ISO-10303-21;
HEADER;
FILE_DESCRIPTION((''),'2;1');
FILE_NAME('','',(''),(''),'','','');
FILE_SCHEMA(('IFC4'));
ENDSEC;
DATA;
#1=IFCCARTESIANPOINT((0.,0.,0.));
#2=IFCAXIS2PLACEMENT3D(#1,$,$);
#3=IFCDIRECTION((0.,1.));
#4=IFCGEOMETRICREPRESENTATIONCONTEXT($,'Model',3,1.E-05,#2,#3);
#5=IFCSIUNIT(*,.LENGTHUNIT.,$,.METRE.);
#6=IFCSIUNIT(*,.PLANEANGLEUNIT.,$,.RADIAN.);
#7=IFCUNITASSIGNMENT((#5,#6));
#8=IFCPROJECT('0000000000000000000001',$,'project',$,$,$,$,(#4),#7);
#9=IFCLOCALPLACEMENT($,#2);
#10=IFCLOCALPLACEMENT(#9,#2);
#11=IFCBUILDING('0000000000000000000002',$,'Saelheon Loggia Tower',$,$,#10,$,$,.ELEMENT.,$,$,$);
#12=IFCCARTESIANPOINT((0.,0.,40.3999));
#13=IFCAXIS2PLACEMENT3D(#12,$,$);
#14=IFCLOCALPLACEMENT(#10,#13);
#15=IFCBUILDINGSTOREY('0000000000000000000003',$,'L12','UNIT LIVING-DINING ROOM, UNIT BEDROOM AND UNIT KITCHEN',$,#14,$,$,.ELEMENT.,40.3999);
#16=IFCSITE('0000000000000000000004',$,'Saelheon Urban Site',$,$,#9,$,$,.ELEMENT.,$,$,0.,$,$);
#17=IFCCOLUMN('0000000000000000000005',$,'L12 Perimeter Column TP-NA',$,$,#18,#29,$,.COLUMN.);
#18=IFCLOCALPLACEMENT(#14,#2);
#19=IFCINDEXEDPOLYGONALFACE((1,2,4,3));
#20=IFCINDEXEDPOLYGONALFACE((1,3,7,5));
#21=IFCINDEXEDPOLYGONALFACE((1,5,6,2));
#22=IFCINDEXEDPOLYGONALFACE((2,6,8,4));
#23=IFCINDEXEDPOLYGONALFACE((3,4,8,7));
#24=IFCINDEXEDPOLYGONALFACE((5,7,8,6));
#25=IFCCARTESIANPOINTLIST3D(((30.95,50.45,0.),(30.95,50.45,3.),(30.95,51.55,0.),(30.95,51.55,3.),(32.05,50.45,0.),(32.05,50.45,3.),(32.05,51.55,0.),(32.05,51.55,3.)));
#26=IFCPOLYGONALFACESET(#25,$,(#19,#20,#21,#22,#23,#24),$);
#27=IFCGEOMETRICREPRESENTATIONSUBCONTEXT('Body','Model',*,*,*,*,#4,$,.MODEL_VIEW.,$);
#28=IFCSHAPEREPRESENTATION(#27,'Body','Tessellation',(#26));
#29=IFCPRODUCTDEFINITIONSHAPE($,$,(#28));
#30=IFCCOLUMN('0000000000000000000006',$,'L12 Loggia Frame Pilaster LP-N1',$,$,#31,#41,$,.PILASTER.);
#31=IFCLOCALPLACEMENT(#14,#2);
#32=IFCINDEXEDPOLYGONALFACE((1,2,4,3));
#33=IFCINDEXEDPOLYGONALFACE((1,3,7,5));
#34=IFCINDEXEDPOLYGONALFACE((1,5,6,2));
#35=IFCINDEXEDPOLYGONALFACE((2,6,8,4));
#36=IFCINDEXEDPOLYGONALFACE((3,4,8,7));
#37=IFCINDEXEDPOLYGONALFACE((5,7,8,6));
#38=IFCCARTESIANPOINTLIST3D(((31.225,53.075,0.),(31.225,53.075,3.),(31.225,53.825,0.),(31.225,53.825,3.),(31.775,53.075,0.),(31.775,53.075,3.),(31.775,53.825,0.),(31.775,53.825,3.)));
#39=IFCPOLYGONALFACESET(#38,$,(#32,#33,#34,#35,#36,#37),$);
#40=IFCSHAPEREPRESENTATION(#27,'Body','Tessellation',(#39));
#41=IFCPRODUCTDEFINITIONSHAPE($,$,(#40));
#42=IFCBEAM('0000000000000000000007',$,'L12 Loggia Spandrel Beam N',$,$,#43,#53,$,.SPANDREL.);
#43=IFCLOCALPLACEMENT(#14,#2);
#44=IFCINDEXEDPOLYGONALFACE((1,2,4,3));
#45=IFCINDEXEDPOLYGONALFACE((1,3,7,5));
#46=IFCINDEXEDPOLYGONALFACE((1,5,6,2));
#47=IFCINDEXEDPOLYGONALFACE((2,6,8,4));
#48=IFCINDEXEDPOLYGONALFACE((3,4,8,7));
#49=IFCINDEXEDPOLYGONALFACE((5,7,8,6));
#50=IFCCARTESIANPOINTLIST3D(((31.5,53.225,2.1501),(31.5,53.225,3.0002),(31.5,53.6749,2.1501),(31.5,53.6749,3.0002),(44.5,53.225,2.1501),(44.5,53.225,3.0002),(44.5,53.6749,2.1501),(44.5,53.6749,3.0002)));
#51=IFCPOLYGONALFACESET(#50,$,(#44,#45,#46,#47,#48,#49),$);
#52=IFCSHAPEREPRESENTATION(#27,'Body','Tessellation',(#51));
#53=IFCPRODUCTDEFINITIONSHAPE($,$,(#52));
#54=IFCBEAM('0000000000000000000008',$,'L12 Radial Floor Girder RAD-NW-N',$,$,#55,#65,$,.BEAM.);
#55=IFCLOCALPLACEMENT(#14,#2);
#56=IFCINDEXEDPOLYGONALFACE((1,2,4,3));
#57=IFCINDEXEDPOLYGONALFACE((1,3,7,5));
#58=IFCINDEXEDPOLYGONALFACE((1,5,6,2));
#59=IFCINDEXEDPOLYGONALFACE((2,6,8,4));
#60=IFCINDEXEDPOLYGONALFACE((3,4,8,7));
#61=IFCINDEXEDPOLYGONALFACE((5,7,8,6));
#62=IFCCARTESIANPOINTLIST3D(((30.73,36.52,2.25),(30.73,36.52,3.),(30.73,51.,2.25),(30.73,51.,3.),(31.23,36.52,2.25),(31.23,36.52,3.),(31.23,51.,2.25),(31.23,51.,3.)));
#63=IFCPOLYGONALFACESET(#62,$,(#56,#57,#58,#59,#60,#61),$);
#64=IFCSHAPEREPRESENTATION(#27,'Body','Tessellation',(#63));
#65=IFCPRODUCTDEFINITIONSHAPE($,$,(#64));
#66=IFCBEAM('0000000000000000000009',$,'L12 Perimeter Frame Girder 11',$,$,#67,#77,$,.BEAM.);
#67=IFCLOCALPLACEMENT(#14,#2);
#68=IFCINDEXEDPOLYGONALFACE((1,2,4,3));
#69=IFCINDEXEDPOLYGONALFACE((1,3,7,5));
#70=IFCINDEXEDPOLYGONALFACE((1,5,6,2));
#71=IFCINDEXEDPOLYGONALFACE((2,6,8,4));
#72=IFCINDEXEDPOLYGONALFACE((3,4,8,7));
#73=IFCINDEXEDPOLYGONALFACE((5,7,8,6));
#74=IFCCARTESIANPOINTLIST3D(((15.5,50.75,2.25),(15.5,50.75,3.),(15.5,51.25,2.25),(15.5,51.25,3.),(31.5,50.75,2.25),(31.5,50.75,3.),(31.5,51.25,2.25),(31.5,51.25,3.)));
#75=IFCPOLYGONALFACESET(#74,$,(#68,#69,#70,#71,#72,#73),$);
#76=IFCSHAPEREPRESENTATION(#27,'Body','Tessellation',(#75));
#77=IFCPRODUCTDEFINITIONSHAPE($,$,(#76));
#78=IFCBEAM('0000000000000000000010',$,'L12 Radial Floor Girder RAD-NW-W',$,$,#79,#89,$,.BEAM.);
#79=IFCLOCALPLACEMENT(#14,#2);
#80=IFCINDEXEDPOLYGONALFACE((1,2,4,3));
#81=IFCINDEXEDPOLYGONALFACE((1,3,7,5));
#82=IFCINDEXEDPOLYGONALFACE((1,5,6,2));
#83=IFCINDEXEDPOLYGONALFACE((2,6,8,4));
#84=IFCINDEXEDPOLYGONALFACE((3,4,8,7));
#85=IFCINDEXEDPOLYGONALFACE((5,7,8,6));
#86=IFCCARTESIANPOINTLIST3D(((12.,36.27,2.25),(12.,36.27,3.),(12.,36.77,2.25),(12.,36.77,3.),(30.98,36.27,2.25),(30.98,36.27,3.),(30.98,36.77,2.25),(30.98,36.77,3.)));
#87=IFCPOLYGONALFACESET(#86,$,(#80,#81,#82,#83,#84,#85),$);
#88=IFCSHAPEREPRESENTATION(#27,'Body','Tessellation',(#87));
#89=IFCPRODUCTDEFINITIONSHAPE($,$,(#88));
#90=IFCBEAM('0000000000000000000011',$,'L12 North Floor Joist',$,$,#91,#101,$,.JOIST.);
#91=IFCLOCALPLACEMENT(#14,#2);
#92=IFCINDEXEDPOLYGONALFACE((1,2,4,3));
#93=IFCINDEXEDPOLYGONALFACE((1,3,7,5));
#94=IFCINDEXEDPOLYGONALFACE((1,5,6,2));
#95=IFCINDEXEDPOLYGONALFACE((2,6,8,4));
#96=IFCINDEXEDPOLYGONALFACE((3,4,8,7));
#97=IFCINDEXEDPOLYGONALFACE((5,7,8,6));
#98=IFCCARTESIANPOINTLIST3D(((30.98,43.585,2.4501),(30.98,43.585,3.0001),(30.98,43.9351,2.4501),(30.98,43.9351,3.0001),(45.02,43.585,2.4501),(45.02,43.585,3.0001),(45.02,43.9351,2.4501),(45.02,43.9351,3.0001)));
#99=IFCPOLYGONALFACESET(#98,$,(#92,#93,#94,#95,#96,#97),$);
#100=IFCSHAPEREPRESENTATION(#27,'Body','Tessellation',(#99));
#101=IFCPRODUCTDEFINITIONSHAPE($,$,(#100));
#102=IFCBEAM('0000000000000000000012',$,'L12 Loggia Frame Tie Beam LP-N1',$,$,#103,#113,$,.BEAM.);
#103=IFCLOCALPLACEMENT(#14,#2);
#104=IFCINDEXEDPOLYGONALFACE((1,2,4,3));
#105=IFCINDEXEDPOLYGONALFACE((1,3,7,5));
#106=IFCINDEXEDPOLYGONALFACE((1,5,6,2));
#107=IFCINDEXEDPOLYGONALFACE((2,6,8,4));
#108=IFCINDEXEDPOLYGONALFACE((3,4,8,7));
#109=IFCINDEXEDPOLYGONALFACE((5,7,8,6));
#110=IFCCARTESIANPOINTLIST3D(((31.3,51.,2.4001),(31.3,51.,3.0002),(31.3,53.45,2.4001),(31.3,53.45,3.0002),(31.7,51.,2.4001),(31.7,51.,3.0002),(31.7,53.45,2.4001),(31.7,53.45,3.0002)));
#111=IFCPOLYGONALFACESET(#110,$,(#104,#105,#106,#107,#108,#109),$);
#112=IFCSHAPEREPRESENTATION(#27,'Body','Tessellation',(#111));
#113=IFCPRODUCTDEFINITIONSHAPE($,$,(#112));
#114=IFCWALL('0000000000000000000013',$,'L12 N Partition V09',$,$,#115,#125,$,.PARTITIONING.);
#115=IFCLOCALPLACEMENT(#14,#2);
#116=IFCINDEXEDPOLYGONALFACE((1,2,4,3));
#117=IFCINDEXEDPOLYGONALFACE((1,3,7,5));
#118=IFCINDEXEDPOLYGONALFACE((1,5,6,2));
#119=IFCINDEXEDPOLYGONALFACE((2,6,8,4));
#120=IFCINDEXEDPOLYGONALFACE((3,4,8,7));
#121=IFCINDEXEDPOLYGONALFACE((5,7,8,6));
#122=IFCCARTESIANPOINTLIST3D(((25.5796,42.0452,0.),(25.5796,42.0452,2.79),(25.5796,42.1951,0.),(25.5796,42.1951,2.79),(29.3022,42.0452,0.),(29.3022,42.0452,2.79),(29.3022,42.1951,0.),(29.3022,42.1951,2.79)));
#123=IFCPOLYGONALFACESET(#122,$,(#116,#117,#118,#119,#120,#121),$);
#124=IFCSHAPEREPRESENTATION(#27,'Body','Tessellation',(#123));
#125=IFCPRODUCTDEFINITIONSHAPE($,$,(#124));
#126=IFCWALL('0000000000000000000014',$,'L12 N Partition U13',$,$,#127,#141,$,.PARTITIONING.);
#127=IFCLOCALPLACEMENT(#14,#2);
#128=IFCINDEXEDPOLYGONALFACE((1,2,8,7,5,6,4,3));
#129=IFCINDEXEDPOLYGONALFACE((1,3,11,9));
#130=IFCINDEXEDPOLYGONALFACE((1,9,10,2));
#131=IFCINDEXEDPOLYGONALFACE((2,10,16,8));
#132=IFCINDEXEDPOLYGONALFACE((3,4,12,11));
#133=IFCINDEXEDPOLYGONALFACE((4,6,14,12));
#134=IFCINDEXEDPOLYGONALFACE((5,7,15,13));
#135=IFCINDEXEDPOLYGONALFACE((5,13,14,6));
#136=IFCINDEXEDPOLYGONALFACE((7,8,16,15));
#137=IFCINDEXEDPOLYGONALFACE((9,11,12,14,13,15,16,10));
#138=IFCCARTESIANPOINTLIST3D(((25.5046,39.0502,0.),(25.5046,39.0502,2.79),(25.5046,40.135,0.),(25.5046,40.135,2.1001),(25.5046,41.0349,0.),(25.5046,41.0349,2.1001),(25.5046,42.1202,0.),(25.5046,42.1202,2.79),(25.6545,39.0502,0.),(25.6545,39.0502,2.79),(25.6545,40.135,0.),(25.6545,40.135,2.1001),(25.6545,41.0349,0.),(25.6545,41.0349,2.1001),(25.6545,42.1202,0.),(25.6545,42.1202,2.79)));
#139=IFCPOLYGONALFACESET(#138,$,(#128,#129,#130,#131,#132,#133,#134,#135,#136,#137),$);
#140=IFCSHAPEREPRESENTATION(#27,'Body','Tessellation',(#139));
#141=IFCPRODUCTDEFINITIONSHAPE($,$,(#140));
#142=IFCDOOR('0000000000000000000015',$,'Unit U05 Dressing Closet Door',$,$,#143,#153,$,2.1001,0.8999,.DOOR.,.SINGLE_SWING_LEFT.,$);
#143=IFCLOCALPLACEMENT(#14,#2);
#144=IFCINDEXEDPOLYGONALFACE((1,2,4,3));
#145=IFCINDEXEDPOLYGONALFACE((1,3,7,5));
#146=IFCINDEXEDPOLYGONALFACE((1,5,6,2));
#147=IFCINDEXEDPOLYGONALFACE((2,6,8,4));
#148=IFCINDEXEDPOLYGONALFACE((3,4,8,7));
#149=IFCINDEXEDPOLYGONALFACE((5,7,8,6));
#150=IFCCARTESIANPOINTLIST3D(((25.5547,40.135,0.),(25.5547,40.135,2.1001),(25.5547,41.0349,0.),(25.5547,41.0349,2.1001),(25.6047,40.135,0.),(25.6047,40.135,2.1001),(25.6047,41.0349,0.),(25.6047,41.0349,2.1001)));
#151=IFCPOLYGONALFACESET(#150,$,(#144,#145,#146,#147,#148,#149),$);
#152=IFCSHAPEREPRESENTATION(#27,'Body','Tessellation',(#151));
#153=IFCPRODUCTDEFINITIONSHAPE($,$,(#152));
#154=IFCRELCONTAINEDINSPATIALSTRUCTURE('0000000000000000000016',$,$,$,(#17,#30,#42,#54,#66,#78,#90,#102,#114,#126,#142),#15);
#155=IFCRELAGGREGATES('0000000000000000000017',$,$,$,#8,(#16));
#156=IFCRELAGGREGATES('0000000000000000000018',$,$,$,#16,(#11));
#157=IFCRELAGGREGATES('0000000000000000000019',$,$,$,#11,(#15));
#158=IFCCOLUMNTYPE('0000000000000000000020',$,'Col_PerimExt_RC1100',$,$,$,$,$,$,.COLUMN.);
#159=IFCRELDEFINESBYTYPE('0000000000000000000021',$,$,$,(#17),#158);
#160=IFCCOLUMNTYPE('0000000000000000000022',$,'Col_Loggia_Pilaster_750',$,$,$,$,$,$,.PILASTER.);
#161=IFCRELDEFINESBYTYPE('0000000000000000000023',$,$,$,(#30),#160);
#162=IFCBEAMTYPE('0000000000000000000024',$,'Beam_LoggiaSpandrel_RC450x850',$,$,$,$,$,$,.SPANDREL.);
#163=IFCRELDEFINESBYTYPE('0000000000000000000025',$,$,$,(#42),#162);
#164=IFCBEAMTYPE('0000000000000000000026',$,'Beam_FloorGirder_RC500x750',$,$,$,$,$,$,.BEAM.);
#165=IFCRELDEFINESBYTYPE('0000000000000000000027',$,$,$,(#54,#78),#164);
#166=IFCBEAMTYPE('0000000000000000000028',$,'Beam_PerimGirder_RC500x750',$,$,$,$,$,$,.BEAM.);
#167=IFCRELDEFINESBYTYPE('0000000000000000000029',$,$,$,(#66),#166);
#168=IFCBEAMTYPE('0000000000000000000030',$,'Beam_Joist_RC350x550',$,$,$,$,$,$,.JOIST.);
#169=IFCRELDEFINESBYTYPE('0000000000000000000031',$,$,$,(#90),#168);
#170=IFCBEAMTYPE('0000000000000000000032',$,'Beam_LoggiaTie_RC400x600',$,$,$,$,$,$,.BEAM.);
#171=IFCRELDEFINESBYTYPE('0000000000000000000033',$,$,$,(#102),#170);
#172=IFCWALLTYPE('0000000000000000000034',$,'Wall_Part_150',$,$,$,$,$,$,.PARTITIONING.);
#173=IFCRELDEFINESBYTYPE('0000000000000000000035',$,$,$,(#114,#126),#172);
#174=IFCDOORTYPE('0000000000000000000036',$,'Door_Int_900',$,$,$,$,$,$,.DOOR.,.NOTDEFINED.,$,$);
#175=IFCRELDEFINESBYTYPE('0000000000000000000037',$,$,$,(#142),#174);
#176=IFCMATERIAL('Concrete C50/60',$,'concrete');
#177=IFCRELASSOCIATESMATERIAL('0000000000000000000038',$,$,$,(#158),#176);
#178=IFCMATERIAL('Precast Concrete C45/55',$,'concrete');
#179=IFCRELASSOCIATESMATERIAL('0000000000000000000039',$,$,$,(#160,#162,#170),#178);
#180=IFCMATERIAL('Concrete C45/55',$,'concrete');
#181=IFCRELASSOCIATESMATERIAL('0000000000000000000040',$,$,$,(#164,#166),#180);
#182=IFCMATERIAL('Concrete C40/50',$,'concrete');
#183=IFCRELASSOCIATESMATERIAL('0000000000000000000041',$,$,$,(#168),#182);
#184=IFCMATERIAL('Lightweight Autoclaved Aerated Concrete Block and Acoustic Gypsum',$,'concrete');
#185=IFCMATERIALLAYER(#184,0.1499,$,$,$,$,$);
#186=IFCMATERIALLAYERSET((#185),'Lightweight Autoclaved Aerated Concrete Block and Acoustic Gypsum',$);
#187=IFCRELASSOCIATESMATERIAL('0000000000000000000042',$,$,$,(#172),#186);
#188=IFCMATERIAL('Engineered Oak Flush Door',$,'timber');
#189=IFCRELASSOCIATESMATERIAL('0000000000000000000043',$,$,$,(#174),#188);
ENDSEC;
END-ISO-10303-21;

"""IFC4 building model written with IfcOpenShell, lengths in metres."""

from ifc_helpers import new_model, si_unit, direction, frame, frame_2d, origin, origin_2d, place, context, subcontext, project, spatial, rectangle, extrude, source, transform, mapped, material, layer, layer_set, material_profile, profile_set, type_object, element, fill, save


model = new_model("IFC4")

# Units and contexts
model_context = context("Model", 3, precision=1e-05, world=origin(), true_north=direction((0.0, 1.0)))
body_context = subcontext(model_context, "Body", "Model", "MODEL_VIEW")
ifc_project = project(units=[si_unit("LENGTHUNIT", "METRE"), si_unit("PLANEANGLEUNIT", "RADIAN")], contexts=[model_context])

# Site, building, storey
site_placement = place(None, origin())
site = spatial("IfcSite", under=ifc_project, at=site_placement, Name="Saelheon Urban Site", CompositionType="ELEMENT", RefElevation=0.0)
building_placement = place(site_placement, origin())
building = spatial("IfcBuilding", under=site, at=building_placement, Name="Saelheon Loggia Tower", CompositionType="ELEMENT")
storey_placement = place(building_placement, frame((0.0, 0.0, 40.3999)))
storey = spatial("IfcBuildingStorey", under=building, at=storey_placement, Name="L12", Description="UNIT LIVING-DINING ROOM, UNIT BEDROOM AND UNIT KITCHEN", CompositionType="ELEMENT", Elevation=40.3999)

# Columns
ifc_material_1 = material(Name="Concrete C50/60", Category="concrete")
ifc_material_profile_1 = material_profile(ifc_material_1, rectangle(XDim=1.1001, YDim=1.1001, at=origin_2d()), Name="RC-1100x1100")
ifc_profile_set_1 = profile_set([ifc_material_profile_1], Name="Concrete C50/60")
column_type_1 = type_object("IfcColumnType", Name="Col_PerimExt_RC1100", PredefinedType="COLUMN", material=ifc_profile_set_1)
shared_shape_1 = source(origin(), body_context, "Body", "SweptSolid", [
    extrude(rectangle(XDim=1.1001, YDim=1.1001, at=origin_2d()), origin(), (0.0, 0.0, 1.0), 3.0),
])
column_1_placement = place(storey_placement, frame((31.5, 51.0, 0.0), z_axis=(0.0, 0.0, 1.0), x_axis=(1.0, 0.0, 0.0)))
element("IfcColumn", 1, at=column_1_placement, inside=storey, type_object=column_type_1, Name="L12 Perimeter Column TP-NA", PredefinedType="COLUMN", context=body_context, shape_type="MappedRepresentation", body=[
    mapped(shared_shape_1, transform((0.0, 0.0, 0.0), scale=1.0)),
])
ifc_material_2 = material(Name="Precast Concrete C45/55", Category="concrete")
ifc_material_profile_2 = material_profile(ifc_material_2, rectangle(XDim=0.55, YDim=0.75, at=origin_2d()), Name="RC-550x750")
ifc_profile_set_2 = profile_set([ifc_material_profile_2], Name="Precast Concrete C45/55")
column_type_2 = type_object("IfcColumnType", Name="Col_Loggia_Pilaster_750", PredefinedType="PILASTER", material=ifc_profile_set_2)
shared_shape_2 = source(origin(), body_context, "Body", "SweptSolid", [
    extrude(rectangle(XDim=0.55, YDim=0.75, at=origin_2d()), origin(), (0.0, 0.0, 1.0), 3.0),
])
column_2_placement = place(storey_placement, frame((31.5, 53.45, 0.0), z_axis=(0.0, 0.0, 1.0), x_axis=(1.0, 0.0, 0.0)))
element("IfcColumn", 2, at=column_2_placement, inside=storey, type_object=column_type_2, Name="L12 Loggia Frame Pilaster LP-N1", PredefinedType="PILASTER", context=body_context, shape_type="MappedRepresentation", body=[
    mapped(shared_shape_2, transform((0.0, 0.0, 0.0), scale=1.0)),
])

# Beams
ifc_material_profile_3 = material_profile(ifc_material_2, rectangle(XDim=0.45, YDim=0.8501, at=origin_2d()), Name="RC-450x850")
ifc_profile_set_3 = profile_set([ifc_material_profile_3], Name="Precast Concrete C45/55")
beam_type_1 = type_object("IfcBeamType", Name="Beam_LoggiaSpandrel_RC450x850", PredefinedType="SPANDREL", material=ifc_profile_set_3)
shared_shape_3 = source(origin(), body_context, "Body", "SweptSolid", [
    extrude(rectangle(XDim=0.45, YDim=0.8501, at=origin_2d()), origin(), (0.0, 0.0, 1.0), 13.0),
])
beam_1_placement = place(storey_placement, frame((31.5, 53.45, 2.5752), z_axis=(1.0, 0.0, 0.0), x_axis=(0.0, 1.0, 0.0)))
element("IfcBeam", 3, at=beam_1_placement, inside=storey, type_object=beam_type_1, Name="L12 Loggia Spandrel Beam N", PredefinedType="SPANDREL", context=body_context, shape_type="MappedRepresentation", body=[
    mapped(shared_shape_3, transform((0.0, 0.0, 0.0), scale=1.0)),
])
ifc_material_3 = material(Name="Concrete C45/55", Category="concrete")
ifc_material_profile_4 = material_profile(ifc_material_3, rectangle(XDim=0.5, YDim=0.75, at=origin_2d()), Name="RC-500x750")
ifc_profile_set_4 = profile_set([ifc_material_profile_4], Name="Concrete C45/55")
beam_type_2 = type_object("IfcBeamType", Name="Beam_FloorGirder_RC500x750", PredefinedType="BEAM", material=ifc_profile_set_4)
shared_shape_4 = source(origin(), body_context, "Body", "SweptSolid", [
    extrude(rectangle(XDim=0.5, YDim=0.75, at=origin_2d()), origin(), (0.0, 0.0, 1.0), 14.48),
])
beam_2_placement = place(storey_placement, frame((30.98, 36.52, 2.625), z_axis=(0.0, 1.0, 0.0), x_axis=(-1.0, 0.0, 0.0)))
element("IfcBeam", 4, at=beam_2_placement, inside=storey, type_object=beam_type_2, Name="L12 Radial Floor Girder RAD-NW-N", PredefinedType="BEAM", context=body_context, shape_type="MappedRepresentation", body=[
    mapped(shared_shape_4, transform((0.0, 0.0, 0.0), scale=1.0)),
])
ifc_material_profile_5 = material_profile(ifc_material_3, rectangle(XDim=0.5, YDim=0.75, at=origin_2d()), Name="RC-500x750")
ifc_profile_set_5 = profile_set([ifc_material_profile_5], Name="Concrete C45/55")
beam_type_3 = type_object("IfcBeamType", Name="Beam_PerimGirder_RC500x750", PredefinedType="BEAM", material=ifc_profile_set_5)
shared_shape_5 = source(origin(), body_context, "Body", "SweptSolid", [
    extrude(rectangle(XDim=0.5, YDim=0.75, at=origin_2d()), origin(), (0.0, 0.0, 1.0), 16.0),
])
beam_3_placement = place(storey_placement, frame((31.5, 51.0, 2.625), z_axis=(-1.0, 0.0, 0.0), x_axis=(0.0, -1.0, 0.0)))
element("IfcBeam", 5, at=beam_3_placement, inside=storey, type_object=beam_type_3, Name="L12 Perimeter Frame Girder 11", PredefinedType="BEAM", context=body_context, shape_type="MappedRepresentation", body=[
    mapped(shared_shape_5, transform((0.0, 0.0, 0.0), scale=1.0)),
])
shared_shape_6 = source(origin(), body_context, "Body", "SweptSolid", [
    extrude(rectangle(XDim=0.5, YDim=0.75, at=origin_2d()), origin(), (0.0, 0.0, 1.0), 18.98),
])
beam_4_placement = place(storey_placement, frame((30.98, 36.52, 2.625), z_axis=(-1.0, 0.0, 0.0), x_axis=(0.0, -1.0, 0.0)))
element("IfcBeam", 6, at=beam_4_placement, inside=storey, type_object=beam_type_2, Name="L12 Radial Floor Girder RAD-NW-W", PredefinedType="BEAM", context=body_context, shape_type="MappedRepresentation", body=[
    mapped(shared_shape_6, transform((0.0, 0.0, 0.0), scale=1.0)),
])
ifc_material_4 = material(Name="Concrete C40/50", Category="concrete")
ifc_material_profile_6 = material_profile(ifc_material_4, rectangle(XDim=0.3501, YDim=0.55, at=origin_2d()), Name="RC-350x550")
ifc_profile_set_6 = profile_set([ifc_material_profile_6], Name="Concrete C40/50")
beam_type_4 = type_object("IfcBeamType", Name="Beam_Joist_RC350x550", PredefinedType="JOIST", material=ifc_profile_set_6)
shared_shape_7 = source(origin(), body_context, "Body", "SweptSolid", [
    extrude(rectangle(XDim=0.3501, YDim=0.55, at=origin_2d()), origin(), (0.0, 0.0, 1.0), 14.04),
])
beam_5_placement = place(storey_placement, frame((30.98, 43.76, 2.7251), z_axis=(1.0, 0.0, 0.0), x_axis=(0.0, 1.0, 0.0)))
element("IfcBeam", 7, at=beam_5_placement, inside=storey, type_object=beam_type_4, Name="L12 North Floor Joist", PredefinedType="JOIST", context=body_context, shape_type="MappedRepresentation", body=[
    mapped(shared_shape_7, transform((0.0, 0.0, 0.0), scale=1.0)),
])
ifc_material_profile_7 = material_profile(ifc_material_2, rectangle(XDim=0.3999, YDim=0.6001, at=origin_2d()), Name="RC-400x600")
ifc_profile_set_7 = profile_set([ifc_material_profile_7], Name="Precast Concrete C45/55")
beam_type_5 = type_object("IfcBeamType", Name="Beam_LoggiaTie_RC400x600", PredefinedType="BEAM", material=ifc_profile_set_7)
shared_shape_8 = source(origin(), body_context, "Body", "SweptSolid", [
    extrude(rectangle(XDim=0.3999, YDim=0.6001, at=origin_2d()), origin(), (0.0, 0.0, 1.0), 2.45),
])
beam_6_placement = place(storey_placement, frame((31.5, 51.0, 2.7002), z_axis=(0.0, 1.0, 0.0), x_axis=(-1.0, 0.0, 0.0)))
element("IfcBeam", 8, at=beam_6_placement, inside=storey, type_object=beam_type_5, Name="L12 Loggia Frame Tie Beam LP-N1", PredefinedType="BEAM", context=body_context, shape_type="MappedRepresentation", body=[
    mapped(shared_shape_8, transform((0.0, 0.0, 0.0), scale=1.0)),
])

# Wall
ifc_material_5 = material(Name="Lightweight Autoclaved Aerated Concrete Block and Acoustic Gypsum", Category="concrete")
ifc_layer_1 = layer(ifc_material_5, 0.1499)
ifc_layer_set_1 = layer_set([ifc_layer_1], Name="Lightweight Autoclaved Aerated Concrete Block and Acoustic Gypsum")
wall_type_1 = type_object("IfcWallType", Name="Wall_Part_150", PredefinedType="PARTITIONING", material=ifc_layer_set_1)
wall_1_placement = place(storey_placement, frame((25.5796, 42.1201, 0.0), z_axis=(0.0, 0.0, 1.0), x_axis=(1.0, 0.0, 0.0)))
element("IfcWall", 9, at=wall_1_placement, inside=storey, type_object=wall_type_1, Name="L12 N Partition V09", PredefinedType="PARTITIONING", context=body_context, shape_type="SweptSolid", body=[
    extrude(rectangle(XDim=3.7227, YDim=0.1499, at=frame_2d((1.8613, 0.0))), origin(), (0.0, 0.0, 1.0), 2.79),
])

# Wall, opening, door
wall_2_placement = place(storey_placement, frame((25.5796, 39.05, 0.0), z_axis=(0.0, 0.0, 1.0), x_axis=(0.0, 1.0, 0.0)))
wall_2 = element("IfcWall", 10, at=wall_2_placement, inside=storey, type_object=wall_type_1, Name="L12 N Partition U13", PredefinedType="PARTITIONING", context=body_context, shape_type="SweptSolid", body=[
    extrude(rectangle(XDim=3.0701, YDim=0.1499, at=frame_2d((1.5352, 0.0))), origin(), (0.0, 0.0, 1.0), 2.79),
])
opening_1_placement = place(wall_2_placement, frame((1.085, 0.0, 0.0)))
opening_1 = element("IfcOpeningElement", 11, at=opening_1_placement, cuts=wall_2, PredefinedType="OPENING", context=body_context, shape_type="SweptSolid", body=[
    extrude(rectangle(XDim=0.8999, YDim=2.1001, at=frame_2d((0.45, 1.05))), frame((0.0, 0.0869, 0.0), z_axis=(0.0, -1.0, 0.0), x_axis=(1.0, 0.0, 0.0)), (0.0, 0.0, 1.0), 0.1738),
])
ifc_material_6 = material(Name="Engineered Oak Flush Door", Category="timber")
door_type_1 = type_object("IfcDoorType", Name="Door_Int_900", OperationType="NOTDEFINED", PredefinedType="DOOR", material=ifc_material_6)
shared_shape_9 = source(origin(), body_context, "Body", "SweptSolid", [
    extrude(rectangle(XDim=0.8999, YDim=2.1001, at=frame_2d((0.45, 1.05))), frame((0.0, 0.0249, 0.0), z_axis=(0.0, -1.0, 0.0), x_axis=(1.0, 0.0, 0.0)), (0.0, 0.0, 1.0), 0.05),
])
door_1_placement = place(opening_1_placement, origin())
door_1 = element("IfcDoor", 12, at=door_1_placement, inside=storey, type_object=door_type_1, Name="Unit U05 Dressing Closet Door", OperationType="SINGLE_SWING_LEFT", OverallHeight=2.1001, OverallWidth=0.8999, PredefinedType="DOOR", context=body_context, shape_type="MappedRepresentation", body=[
    mapped(shared_shape_9, transform((0.0, 0.0, 0.0), scale=1.0)),
])
fill(opening_1, door_1)

save(model, "model.ifc")
